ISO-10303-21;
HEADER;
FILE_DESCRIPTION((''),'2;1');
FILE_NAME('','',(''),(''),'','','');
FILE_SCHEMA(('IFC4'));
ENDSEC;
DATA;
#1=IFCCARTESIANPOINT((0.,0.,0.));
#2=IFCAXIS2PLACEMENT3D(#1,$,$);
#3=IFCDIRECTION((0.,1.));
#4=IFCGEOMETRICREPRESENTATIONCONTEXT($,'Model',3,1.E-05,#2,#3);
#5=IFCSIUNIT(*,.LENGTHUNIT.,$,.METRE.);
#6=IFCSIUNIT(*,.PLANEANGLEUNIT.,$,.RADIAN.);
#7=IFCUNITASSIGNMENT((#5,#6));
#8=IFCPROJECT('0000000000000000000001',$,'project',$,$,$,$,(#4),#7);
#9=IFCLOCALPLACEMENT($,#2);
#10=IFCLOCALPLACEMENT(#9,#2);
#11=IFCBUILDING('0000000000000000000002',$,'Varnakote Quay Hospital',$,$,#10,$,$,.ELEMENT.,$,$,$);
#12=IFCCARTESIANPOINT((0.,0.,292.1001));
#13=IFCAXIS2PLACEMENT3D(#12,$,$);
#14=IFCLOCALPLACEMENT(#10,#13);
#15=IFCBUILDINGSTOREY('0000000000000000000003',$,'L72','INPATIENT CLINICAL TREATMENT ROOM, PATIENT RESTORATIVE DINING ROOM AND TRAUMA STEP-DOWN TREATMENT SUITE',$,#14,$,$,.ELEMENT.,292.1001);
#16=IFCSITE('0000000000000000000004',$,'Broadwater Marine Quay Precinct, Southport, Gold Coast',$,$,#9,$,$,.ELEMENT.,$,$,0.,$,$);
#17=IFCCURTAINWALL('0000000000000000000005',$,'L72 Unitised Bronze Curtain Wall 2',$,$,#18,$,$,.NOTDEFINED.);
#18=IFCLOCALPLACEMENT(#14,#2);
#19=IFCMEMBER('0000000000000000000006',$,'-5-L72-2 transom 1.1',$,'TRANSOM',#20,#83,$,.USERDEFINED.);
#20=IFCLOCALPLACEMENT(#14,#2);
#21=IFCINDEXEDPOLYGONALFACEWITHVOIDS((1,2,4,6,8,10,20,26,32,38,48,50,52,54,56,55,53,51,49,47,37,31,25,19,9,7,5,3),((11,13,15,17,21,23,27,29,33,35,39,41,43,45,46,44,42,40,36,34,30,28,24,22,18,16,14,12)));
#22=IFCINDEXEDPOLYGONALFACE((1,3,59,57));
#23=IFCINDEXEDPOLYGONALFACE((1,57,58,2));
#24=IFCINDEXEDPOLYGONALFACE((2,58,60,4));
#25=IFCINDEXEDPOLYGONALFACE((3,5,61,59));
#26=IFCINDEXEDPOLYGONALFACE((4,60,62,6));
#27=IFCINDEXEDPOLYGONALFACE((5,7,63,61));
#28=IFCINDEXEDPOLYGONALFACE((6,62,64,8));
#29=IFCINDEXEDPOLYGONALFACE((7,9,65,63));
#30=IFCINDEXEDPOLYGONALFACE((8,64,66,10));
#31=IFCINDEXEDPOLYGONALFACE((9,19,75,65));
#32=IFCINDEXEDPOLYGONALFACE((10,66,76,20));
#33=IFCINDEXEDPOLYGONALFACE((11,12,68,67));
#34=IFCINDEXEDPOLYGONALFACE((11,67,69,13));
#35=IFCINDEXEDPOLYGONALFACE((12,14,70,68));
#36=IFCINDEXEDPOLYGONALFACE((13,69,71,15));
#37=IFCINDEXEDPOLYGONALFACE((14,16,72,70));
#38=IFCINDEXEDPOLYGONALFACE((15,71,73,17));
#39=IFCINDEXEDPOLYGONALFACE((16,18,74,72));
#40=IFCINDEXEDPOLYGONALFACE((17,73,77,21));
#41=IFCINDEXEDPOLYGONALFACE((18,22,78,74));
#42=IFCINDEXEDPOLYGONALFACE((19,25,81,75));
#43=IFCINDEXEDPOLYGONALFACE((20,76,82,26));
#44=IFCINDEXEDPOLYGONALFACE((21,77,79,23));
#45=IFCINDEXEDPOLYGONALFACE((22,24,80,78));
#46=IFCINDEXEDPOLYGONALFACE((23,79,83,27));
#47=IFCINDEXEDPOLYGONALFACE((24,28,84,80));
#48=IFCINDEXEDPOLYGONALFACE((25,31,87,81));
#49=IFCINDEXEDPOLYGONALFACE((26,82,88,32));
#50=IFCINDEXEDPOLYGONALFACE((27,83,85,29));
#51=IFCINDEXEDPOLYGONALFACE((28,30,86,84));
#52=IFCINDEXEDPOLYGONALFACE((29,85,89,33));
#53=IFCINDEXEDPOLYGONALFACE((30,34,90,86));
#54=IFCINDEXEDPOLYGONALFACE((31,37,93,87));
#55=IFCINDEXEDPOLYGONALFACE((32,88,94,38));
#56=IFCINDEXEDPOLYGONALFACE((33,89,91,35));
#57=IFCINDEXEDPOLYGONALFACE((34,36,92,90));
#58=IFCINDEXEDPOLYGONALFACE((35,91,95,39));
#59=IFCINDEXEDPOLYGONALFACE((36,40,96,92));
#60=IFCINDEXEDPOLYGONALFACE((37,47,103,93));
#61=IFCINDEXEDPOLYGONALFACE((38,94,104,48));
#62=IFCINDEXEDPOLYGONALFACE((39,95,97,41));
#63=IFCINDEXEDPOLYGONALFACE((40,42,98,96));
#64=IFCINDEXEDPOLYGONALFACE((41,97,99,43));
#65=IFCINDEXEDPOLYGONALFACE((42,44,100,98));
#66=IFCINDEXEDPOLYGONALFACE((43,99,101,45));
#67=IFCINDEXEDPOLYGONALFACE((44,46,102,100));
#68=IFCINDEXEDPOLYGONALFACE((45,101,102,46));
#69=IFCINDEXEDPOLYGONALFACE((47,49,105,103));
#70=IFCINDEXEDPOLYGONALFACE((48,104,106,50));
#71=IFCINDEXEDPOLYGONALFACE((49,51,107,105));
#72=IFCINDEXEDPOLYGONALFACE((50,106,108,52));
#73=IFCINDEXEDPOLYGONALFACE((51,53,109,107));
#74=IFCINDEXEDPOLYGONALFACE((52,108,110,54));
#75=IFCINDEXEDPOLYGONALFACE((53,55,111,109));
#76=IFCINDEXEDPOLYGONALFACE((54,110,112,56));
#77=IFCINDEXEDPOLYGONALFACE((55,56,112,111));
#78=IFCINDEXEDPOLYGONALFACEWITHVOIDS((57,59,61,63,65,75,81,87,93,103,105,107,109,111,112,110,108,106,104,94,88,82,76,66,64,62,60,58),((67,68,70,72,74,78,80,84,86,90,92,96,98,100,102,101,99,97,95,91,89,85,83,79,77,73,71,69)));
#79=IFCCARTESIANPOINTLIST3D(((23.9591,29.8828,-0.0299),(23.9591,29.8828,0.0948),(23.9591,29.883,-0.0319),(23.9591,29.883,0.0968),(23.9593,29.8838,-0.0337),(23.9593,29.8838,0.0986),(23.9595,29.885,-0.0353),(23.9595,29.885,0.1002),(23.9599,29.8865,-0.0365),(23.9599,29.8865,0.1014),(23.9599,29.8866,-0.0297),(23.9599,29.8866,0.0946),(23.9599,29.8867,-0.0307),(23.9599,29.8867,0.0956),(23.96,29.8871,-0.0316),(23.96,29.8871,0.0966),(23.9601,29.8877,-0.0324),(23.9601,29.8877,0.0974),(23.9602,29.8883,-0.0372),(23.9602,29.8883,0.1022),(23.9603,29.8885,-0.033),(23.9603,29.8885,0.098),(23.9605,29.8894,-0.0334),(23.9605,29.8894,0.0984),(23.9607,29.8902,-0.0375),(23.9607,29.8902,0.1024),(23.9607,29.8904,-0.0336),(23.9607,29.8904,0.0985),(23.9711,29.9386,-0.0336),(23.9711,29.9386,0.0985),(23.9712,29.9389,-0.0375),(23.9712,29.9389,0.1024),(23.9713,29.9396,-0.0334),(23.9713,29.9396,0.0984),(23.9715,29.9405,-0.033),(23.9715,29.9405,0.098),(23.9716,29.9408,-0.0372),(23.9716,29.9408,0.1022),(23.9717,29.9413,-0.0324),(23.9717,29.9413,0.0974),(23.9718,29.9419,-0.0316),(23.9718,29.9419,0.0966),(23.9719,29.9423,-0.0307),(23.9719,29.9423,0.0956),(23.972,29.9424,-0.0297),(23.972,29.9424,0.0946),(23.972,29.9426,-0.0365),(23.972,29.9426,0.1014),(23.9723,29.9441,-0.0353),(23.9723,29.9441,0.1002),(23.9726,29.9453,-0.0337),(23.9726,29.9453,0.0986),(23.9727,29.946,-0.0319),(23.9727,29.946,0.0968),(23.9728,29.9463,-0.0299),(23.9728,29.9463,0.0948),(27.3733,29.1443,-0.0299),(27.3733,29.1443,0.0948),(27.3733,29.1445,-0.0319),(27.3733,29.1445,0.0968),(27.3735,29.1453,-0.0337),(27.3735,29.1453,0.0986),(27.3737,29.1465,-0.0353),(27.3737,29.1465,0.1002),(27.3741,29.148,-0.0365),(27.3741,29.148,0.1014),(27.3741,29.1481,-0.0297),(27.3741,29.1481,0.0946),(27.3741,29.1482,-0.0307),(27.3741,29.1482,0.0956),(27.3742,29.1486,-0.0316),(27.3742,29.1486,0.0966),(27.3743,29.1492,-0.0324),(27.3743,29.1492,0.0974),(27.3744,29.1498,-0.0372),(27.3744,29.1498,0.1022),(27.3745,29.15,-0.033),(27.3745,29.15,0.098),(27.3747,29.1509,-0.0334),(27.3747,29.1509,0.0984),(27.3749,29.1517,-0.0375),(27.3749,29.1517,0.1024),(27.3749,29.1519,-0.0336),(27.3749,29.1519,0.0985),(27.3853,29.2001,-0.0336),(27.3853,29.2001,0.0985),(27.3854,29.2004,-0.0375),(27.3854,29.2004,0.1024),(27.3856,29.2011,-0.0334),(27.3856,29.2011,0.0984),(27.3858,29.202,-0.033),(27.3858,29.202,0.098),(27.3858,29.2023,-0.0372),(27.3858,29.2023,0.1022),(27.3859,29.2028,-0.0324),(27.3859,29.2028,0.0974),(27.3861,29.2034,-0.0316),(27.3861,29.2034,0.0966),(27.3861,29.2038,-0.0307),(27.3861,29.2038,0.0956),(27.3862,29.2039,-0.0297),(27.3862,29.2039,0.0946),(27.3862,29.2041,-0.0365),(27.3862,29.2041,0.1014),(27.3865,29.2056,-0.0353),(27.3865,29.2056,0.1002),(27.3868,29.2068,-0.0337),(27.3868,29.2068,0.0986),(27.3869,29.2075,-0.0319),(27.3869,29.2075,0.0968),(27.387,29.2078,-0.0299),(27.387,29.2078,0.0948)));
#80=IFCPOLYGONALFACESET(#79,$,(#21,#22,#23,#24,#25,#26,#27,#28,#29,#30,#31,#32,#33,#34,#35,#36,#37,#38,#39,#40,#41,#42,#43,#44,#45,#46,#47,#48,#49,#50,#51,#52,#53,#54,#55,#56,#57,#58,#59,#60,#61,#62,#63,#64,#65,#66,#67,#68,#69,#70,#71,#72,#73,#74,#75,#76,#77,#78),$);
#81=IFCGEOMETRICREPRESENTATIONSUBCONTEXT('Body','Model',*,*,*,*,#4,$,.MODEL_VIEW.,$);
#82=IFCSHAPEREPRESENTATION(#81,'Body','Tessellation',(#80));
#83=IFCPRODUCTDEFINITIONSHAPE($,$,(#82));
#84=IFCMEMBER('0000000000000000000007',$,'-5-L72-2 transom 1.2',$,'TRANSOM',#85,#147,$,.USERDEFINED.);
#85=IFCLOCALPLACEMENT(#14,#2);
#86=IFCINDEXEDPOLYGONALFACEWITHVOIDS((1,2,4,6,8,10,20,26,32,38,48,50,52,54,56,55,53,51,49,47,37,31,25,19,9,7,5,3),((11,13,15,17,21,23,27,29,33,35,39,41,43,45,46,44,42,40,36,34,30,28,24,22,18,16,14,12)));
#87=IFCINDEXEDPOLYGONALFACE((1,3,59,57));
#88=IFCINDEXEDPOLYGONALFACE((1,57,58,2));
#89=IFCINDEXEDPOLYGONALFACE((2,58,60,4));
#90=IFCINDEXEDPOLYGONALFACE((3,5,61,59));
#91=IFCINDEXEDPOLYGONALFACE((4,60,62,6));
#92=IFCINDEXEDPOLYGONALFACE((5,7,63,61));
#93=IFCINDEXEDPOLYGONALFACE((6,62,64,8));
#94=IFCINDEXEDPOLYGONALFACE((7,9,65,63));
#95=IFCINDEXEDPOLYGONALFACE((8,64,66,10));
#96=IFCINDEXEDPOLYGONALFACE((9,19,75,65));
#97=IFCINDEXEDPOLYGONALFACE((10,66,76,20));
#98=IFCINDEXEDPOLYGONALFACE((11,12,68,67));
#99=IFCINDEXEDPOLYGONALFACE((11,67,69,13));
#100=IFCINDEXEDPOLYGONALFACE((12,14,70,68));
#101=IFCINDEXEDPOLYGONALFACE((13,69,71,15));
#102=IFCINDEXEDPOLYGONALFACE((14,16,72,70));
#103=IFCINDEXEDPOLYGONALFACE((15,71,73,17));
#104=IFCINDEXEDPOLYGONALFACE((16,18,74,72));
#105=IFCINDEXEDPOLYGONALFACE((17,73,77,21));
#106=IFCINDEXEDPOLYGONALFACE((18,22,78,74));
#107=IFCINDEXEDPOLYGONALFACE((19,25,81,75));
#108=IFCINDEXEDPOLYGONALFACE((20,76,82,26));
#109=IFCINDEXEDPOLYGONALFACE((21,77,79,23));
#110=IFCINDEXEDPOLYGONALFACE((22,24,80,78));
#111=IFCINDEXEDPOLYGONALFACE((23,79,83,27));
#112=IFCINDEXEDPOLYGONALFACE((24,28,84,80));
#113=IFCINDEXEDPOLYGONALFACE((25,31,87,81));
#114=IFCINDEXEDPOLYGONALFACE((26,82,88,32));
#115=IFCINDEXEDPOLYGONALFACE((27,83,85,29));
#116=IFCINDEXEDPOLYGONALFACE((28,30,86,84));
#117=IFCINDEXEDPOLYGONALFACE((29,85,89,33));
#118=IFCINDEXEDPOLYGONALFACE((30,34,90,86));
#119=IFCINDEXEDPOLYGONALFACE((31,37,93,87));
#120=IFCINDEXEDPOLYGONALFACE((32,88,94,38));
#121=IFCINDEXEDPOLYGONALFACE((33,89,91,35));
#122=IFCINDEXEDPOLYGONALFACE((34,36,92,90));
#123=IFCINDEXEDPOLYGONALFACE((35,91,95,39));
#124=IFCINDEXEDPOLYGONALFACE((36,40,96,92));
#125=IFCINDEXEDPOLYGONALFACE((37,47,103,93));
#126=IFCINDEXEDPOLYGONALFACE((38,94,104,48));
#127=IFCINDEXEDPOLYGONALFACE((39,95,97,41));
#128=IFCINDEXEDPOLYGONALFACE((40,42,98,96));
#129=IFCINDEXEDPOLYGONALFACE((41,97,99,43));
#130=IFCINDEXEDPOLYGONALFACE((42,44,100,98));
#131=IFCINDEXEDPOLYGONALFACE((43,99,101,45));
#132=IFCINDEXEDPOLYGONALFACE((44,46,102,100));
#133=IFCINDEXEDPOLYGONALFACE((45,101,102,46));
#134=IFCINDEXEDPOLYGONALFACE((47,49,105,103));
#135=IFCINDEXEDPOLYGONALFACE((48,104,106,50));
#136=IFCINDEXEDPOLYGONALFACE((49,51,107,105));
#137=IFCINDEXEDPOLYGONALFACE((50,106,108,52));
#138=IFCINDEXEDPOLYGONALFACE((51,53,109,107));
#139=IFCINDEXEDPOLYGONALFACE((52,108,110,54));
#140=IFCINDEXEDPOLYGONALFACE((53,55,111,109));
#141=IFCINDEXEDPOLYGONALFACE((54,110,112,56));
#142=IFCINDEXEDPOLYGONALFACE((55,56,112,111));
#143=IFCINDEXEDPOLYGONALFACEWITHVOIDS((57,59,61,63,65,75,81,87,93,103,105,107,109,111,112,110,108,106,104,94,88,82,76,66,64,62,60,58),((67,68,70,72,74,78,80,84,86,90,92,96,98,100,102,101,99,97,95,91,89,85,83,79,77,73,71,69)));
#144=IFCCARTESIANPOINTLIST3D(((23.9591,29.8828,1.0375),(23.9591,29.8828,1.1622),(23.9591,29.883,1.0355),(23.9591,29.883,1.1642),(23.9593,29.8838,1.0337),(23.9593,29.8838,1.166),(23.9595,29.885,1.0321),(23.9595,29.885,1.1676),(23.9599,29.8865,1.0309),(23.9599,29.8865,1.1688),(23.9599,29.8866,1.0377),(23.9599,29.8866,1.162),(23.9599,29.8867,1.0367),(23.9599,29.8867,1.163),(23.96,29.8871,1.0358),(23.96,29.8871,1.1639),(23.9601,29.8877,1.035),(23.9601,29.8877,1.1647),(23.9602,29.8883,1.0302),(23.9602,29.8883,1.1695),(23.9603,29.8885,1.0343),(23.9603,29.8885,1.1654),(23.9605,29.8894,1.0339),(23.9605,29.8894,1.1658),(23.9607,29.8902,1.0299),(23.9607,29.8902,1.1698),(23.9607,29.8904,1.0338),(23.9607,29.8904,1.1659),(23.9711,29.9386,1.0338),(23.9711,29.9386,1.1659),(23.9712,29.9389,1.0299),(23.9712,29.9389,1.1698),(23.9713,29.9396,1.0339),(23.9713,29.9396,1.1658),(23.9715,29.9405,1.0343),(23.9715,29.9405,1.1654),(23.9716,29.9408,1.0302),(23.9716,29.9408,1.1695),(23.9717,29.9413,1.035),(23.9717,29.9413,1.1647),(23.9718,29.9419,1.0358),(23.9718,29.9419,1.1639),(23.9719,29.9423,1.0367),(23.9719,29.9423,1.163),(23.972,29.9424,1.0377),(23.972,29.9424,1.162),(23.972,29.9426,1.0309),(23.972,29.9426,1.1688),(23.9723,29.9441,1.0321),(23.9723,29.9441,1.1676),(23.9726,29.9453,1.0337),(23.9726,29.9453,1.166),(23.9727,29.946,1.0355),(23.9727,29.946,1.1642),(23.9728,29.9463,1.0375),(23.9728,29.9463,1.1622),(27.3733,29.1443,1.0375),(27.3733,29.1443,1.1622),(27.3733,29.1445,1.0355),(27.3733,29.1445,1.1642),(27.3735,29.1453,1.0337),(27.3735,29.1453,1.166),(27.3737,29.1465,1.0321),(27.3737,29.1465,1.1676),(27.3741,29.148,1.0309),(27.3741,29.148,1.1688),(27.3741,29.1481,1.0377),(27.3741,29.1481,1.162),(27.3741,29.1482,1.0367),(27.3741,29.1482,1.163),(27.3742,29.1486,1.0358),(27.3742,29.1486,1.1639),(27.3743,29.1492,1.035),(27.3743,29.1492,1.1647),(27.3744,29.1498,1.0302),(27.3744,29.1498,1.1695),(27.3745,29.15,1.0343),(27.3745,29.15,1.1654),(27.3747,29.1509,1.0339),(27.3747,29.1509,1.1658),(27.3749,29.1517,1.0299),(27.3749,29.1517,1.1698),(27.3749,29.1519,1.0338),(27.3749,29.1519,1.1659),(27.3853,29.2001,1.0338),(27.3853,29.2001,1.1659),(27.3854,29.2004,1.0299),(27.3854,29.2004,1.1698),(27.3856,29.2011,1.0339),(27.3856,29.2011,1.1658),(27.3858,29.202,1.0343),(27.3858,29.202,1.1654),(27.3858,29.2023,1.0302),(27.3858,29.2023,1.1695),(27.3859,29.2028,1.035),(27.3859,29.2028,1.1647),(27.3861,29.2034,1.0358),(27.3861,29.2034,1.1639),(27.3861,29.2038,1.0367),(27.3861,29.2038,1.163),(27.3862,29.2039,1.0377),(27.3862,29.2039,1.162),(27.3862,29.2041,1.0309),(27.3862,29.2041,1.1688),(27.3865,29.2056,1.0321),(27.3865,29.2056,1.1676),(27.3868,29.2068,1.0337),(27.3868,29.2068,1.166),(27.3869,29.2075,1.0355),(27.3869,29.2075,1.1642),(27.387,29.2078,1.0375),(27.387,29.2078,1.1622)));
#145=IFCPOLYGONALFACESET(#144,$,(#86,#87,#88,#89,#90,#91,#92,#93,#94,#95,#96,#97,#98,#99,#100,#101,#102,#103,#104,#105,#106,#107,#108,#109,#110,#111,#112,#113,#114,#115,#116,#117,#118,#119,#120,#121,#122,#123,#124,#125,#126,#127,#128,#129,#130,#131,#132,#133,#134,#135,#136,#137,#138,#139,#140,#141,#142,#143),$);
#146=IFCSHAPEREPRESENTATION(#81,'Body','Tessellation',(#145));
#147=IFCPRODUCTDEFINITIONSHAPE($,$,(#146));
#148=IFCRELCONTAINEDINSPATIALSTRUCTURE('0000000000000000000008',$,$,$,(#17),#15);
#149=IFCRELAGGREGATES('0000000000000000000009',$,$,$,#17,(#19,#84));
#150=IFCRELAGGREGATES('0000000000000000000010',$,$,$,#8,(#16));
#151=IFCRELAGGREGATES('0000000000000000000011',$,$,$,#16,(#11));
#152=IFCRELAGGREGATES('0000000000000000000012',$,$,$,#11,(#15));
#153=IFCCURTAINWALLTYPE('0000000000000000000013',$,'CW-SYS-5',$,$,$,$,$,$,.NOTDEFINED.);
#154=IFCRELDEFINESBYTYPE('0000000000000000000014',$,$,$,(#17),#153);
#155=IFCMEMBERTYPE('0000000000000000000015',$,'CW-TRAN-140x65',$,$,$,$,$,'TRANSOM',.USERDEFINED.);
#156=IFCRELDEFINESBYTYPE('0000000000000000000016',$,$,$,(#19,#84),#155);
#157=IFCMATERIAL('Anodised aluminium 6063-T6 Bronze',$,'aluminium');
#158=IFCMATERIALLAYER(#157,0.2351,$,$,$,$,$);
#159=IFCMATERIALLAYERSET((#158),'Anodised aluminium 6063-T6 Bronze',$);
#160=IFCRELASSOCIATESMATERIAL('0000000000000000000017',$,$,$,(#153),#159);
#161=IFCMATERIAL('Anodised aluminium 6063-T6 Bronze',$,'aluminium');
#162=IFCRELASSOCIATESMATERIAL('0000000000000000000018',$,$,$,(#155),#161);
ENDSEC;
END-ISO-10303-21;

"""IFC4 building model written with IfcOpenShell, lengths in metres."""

from ifc_helpers import new_model, si_unit, direction, frame, origin, origin_2d, place, context, subcontext, project, spatial, hollow_rectangle, extrude, material, layer, layer_set, material_profile, profile_set, type_object, element, aggregate, save


model = new_model("IFC4")

# Units and contexts
model_context = context("Model", 3, precision=1e-05, world=origin(), true_north=direction((0.0, 1.0)))
body_context = subcontext(model_context, "Body", "Model", "MODEL_VIEW")
ifc_project = project(units=[si_unit("LENGTHUNIT", "METRE"), si_unit("PLANEANGLEUNIT", "RADIAN")], contexts=[model_context])

# Site, building, storey
site_placement = place(None, origin())
site = spatial("IfcSite", under=ifc_project, at=site_placement, Name="Broadwater Marine Quay Precinct, Southport, Gold Coast", CompositionType="ELEMENT", RefElevation=0.0)
building_placement = place(site_placement, origin())
building = spatial("IfcBuilding", under=site, at=building_placement, Name="Varnakote Quay Hospital", CompositionType="ELEMENT")
storey_placement = place(building_placement, frame((0.0, 0.0, 292.1001)))
storey = spatial("IfcBuildingStorey", under=building, at=storey_placement, Name="L72", Description="INPATIENT CLINICAL TREATMENT ROOM, PATIENT RESTORATIVE DINING ROOM AND TRAUMA STEP-DOWN TREATMENT SUITE", CompositionType="ELEMENT", Elevation=292.1001)

# Shared definitions
ifc_material_1 = material(Name="Anodised aluminium 6063-T6 Bronze", Category="aluminium")
ifc_layer_1 = layer(ifc_material_1, 0.2351)
ifc_layer_set_1 = layer_set([ifc_layer_1], Name="Anodised aluminium 6063-T6 Bronze")
curtain_wall_type = type_object("IfcCurtainWallType", Name="CW-SYS-5", PredefinedType="NOTDEFINED", material=ifc_layer_set_1)

# Curtain wall, members
curtain_wall_1_placement = place(storey_placement, origin())
curtain_wall_1 = element("IfcCurtainWall", 1, at=curtain_wall_1_placement, inside=storey, type_object=curtain_wall_type, Name="L72 Unitised Bronze Curtain Wall 2", PredefinedType="NOTDEFINED")
ifc_material_2 = material(Name="Anodised aluminium 6063-T6 Bronze", Category="aluminium")
ifc_material_profile_1 = material_profile(ifc_material_2, hollow_rectangle(XDim=0.0649, YDim=0.1399, WallThickness=0.0039, InnerFilletRadius=0.0039, OuterFilletRadius=0.0076, at=origin_2d()), Name="CW-TRAN-140x65")
ifc_profile_set_1 = profile_set([ifc_material_profile_1], Name="Anodised aluminium 6063-T6 Bronze")
member_type_1 = type_object("IfcMemberType", Name="CW-TRAN-140x65", ElementType="TRANSOM", PredefinedType="USERDEFINED", material=ifc_profile_set_1)
member_1_placement = place(storey_placement, frame((27.3801, 29.176, 0.0325), z_axis=(-0.977397, 0.211414, 0.0), x_axis=(-0.211414, -0.977397, 0.0)))
member_1 = element("IfcMember", 2, at=member_1_placement, type_object=member_type_1, Name="-5-L72-2 transom 1.1", ObjectType="TRANSOM", PredefinedType="USERDEFINED", context=body_context, shape_type="SweptSolid", body=[
    extrude(hollow_rectangle(XDim=0.0649, YDim=0.1399, WallThickness=0.0039, InnerFilletRadius=0.0039, OuterFilletRadius=0.0076, at=origin_2d()), origin(), (0.0, 0.0, 1.0), 3.4932),
])
member_2_placement = place(storey_placement, frame((27.3801, 29.176, 1.0999), z_axis=(-0.977397, 0.211414, 0.0), x_axis=(-0.211414, -0.977397, 0.0)))
member_2 = element("IfcMember", 3, at=member_2_placement, type_object=member_type_1, Name="-5-L72-2 transom 1.2", ObjectType="TRANSOM", PredefinedType="USERDEFINED", context=body_context, shape_type="SweptSolid", body=[
    extrude(hollow_rectangle(XDim=0.0649, YDim=0.1399, WallThickness=0.0039, InnerFilletRadius=0.0039, OuterFilletRadius=0.0076, at=origin_2d()), origin(), (0.0, 0.0, 1.0), 3.4932),
])

aggregate(curtain_wall_1, [member_1, member_2])

save(model, "model.ifc")
